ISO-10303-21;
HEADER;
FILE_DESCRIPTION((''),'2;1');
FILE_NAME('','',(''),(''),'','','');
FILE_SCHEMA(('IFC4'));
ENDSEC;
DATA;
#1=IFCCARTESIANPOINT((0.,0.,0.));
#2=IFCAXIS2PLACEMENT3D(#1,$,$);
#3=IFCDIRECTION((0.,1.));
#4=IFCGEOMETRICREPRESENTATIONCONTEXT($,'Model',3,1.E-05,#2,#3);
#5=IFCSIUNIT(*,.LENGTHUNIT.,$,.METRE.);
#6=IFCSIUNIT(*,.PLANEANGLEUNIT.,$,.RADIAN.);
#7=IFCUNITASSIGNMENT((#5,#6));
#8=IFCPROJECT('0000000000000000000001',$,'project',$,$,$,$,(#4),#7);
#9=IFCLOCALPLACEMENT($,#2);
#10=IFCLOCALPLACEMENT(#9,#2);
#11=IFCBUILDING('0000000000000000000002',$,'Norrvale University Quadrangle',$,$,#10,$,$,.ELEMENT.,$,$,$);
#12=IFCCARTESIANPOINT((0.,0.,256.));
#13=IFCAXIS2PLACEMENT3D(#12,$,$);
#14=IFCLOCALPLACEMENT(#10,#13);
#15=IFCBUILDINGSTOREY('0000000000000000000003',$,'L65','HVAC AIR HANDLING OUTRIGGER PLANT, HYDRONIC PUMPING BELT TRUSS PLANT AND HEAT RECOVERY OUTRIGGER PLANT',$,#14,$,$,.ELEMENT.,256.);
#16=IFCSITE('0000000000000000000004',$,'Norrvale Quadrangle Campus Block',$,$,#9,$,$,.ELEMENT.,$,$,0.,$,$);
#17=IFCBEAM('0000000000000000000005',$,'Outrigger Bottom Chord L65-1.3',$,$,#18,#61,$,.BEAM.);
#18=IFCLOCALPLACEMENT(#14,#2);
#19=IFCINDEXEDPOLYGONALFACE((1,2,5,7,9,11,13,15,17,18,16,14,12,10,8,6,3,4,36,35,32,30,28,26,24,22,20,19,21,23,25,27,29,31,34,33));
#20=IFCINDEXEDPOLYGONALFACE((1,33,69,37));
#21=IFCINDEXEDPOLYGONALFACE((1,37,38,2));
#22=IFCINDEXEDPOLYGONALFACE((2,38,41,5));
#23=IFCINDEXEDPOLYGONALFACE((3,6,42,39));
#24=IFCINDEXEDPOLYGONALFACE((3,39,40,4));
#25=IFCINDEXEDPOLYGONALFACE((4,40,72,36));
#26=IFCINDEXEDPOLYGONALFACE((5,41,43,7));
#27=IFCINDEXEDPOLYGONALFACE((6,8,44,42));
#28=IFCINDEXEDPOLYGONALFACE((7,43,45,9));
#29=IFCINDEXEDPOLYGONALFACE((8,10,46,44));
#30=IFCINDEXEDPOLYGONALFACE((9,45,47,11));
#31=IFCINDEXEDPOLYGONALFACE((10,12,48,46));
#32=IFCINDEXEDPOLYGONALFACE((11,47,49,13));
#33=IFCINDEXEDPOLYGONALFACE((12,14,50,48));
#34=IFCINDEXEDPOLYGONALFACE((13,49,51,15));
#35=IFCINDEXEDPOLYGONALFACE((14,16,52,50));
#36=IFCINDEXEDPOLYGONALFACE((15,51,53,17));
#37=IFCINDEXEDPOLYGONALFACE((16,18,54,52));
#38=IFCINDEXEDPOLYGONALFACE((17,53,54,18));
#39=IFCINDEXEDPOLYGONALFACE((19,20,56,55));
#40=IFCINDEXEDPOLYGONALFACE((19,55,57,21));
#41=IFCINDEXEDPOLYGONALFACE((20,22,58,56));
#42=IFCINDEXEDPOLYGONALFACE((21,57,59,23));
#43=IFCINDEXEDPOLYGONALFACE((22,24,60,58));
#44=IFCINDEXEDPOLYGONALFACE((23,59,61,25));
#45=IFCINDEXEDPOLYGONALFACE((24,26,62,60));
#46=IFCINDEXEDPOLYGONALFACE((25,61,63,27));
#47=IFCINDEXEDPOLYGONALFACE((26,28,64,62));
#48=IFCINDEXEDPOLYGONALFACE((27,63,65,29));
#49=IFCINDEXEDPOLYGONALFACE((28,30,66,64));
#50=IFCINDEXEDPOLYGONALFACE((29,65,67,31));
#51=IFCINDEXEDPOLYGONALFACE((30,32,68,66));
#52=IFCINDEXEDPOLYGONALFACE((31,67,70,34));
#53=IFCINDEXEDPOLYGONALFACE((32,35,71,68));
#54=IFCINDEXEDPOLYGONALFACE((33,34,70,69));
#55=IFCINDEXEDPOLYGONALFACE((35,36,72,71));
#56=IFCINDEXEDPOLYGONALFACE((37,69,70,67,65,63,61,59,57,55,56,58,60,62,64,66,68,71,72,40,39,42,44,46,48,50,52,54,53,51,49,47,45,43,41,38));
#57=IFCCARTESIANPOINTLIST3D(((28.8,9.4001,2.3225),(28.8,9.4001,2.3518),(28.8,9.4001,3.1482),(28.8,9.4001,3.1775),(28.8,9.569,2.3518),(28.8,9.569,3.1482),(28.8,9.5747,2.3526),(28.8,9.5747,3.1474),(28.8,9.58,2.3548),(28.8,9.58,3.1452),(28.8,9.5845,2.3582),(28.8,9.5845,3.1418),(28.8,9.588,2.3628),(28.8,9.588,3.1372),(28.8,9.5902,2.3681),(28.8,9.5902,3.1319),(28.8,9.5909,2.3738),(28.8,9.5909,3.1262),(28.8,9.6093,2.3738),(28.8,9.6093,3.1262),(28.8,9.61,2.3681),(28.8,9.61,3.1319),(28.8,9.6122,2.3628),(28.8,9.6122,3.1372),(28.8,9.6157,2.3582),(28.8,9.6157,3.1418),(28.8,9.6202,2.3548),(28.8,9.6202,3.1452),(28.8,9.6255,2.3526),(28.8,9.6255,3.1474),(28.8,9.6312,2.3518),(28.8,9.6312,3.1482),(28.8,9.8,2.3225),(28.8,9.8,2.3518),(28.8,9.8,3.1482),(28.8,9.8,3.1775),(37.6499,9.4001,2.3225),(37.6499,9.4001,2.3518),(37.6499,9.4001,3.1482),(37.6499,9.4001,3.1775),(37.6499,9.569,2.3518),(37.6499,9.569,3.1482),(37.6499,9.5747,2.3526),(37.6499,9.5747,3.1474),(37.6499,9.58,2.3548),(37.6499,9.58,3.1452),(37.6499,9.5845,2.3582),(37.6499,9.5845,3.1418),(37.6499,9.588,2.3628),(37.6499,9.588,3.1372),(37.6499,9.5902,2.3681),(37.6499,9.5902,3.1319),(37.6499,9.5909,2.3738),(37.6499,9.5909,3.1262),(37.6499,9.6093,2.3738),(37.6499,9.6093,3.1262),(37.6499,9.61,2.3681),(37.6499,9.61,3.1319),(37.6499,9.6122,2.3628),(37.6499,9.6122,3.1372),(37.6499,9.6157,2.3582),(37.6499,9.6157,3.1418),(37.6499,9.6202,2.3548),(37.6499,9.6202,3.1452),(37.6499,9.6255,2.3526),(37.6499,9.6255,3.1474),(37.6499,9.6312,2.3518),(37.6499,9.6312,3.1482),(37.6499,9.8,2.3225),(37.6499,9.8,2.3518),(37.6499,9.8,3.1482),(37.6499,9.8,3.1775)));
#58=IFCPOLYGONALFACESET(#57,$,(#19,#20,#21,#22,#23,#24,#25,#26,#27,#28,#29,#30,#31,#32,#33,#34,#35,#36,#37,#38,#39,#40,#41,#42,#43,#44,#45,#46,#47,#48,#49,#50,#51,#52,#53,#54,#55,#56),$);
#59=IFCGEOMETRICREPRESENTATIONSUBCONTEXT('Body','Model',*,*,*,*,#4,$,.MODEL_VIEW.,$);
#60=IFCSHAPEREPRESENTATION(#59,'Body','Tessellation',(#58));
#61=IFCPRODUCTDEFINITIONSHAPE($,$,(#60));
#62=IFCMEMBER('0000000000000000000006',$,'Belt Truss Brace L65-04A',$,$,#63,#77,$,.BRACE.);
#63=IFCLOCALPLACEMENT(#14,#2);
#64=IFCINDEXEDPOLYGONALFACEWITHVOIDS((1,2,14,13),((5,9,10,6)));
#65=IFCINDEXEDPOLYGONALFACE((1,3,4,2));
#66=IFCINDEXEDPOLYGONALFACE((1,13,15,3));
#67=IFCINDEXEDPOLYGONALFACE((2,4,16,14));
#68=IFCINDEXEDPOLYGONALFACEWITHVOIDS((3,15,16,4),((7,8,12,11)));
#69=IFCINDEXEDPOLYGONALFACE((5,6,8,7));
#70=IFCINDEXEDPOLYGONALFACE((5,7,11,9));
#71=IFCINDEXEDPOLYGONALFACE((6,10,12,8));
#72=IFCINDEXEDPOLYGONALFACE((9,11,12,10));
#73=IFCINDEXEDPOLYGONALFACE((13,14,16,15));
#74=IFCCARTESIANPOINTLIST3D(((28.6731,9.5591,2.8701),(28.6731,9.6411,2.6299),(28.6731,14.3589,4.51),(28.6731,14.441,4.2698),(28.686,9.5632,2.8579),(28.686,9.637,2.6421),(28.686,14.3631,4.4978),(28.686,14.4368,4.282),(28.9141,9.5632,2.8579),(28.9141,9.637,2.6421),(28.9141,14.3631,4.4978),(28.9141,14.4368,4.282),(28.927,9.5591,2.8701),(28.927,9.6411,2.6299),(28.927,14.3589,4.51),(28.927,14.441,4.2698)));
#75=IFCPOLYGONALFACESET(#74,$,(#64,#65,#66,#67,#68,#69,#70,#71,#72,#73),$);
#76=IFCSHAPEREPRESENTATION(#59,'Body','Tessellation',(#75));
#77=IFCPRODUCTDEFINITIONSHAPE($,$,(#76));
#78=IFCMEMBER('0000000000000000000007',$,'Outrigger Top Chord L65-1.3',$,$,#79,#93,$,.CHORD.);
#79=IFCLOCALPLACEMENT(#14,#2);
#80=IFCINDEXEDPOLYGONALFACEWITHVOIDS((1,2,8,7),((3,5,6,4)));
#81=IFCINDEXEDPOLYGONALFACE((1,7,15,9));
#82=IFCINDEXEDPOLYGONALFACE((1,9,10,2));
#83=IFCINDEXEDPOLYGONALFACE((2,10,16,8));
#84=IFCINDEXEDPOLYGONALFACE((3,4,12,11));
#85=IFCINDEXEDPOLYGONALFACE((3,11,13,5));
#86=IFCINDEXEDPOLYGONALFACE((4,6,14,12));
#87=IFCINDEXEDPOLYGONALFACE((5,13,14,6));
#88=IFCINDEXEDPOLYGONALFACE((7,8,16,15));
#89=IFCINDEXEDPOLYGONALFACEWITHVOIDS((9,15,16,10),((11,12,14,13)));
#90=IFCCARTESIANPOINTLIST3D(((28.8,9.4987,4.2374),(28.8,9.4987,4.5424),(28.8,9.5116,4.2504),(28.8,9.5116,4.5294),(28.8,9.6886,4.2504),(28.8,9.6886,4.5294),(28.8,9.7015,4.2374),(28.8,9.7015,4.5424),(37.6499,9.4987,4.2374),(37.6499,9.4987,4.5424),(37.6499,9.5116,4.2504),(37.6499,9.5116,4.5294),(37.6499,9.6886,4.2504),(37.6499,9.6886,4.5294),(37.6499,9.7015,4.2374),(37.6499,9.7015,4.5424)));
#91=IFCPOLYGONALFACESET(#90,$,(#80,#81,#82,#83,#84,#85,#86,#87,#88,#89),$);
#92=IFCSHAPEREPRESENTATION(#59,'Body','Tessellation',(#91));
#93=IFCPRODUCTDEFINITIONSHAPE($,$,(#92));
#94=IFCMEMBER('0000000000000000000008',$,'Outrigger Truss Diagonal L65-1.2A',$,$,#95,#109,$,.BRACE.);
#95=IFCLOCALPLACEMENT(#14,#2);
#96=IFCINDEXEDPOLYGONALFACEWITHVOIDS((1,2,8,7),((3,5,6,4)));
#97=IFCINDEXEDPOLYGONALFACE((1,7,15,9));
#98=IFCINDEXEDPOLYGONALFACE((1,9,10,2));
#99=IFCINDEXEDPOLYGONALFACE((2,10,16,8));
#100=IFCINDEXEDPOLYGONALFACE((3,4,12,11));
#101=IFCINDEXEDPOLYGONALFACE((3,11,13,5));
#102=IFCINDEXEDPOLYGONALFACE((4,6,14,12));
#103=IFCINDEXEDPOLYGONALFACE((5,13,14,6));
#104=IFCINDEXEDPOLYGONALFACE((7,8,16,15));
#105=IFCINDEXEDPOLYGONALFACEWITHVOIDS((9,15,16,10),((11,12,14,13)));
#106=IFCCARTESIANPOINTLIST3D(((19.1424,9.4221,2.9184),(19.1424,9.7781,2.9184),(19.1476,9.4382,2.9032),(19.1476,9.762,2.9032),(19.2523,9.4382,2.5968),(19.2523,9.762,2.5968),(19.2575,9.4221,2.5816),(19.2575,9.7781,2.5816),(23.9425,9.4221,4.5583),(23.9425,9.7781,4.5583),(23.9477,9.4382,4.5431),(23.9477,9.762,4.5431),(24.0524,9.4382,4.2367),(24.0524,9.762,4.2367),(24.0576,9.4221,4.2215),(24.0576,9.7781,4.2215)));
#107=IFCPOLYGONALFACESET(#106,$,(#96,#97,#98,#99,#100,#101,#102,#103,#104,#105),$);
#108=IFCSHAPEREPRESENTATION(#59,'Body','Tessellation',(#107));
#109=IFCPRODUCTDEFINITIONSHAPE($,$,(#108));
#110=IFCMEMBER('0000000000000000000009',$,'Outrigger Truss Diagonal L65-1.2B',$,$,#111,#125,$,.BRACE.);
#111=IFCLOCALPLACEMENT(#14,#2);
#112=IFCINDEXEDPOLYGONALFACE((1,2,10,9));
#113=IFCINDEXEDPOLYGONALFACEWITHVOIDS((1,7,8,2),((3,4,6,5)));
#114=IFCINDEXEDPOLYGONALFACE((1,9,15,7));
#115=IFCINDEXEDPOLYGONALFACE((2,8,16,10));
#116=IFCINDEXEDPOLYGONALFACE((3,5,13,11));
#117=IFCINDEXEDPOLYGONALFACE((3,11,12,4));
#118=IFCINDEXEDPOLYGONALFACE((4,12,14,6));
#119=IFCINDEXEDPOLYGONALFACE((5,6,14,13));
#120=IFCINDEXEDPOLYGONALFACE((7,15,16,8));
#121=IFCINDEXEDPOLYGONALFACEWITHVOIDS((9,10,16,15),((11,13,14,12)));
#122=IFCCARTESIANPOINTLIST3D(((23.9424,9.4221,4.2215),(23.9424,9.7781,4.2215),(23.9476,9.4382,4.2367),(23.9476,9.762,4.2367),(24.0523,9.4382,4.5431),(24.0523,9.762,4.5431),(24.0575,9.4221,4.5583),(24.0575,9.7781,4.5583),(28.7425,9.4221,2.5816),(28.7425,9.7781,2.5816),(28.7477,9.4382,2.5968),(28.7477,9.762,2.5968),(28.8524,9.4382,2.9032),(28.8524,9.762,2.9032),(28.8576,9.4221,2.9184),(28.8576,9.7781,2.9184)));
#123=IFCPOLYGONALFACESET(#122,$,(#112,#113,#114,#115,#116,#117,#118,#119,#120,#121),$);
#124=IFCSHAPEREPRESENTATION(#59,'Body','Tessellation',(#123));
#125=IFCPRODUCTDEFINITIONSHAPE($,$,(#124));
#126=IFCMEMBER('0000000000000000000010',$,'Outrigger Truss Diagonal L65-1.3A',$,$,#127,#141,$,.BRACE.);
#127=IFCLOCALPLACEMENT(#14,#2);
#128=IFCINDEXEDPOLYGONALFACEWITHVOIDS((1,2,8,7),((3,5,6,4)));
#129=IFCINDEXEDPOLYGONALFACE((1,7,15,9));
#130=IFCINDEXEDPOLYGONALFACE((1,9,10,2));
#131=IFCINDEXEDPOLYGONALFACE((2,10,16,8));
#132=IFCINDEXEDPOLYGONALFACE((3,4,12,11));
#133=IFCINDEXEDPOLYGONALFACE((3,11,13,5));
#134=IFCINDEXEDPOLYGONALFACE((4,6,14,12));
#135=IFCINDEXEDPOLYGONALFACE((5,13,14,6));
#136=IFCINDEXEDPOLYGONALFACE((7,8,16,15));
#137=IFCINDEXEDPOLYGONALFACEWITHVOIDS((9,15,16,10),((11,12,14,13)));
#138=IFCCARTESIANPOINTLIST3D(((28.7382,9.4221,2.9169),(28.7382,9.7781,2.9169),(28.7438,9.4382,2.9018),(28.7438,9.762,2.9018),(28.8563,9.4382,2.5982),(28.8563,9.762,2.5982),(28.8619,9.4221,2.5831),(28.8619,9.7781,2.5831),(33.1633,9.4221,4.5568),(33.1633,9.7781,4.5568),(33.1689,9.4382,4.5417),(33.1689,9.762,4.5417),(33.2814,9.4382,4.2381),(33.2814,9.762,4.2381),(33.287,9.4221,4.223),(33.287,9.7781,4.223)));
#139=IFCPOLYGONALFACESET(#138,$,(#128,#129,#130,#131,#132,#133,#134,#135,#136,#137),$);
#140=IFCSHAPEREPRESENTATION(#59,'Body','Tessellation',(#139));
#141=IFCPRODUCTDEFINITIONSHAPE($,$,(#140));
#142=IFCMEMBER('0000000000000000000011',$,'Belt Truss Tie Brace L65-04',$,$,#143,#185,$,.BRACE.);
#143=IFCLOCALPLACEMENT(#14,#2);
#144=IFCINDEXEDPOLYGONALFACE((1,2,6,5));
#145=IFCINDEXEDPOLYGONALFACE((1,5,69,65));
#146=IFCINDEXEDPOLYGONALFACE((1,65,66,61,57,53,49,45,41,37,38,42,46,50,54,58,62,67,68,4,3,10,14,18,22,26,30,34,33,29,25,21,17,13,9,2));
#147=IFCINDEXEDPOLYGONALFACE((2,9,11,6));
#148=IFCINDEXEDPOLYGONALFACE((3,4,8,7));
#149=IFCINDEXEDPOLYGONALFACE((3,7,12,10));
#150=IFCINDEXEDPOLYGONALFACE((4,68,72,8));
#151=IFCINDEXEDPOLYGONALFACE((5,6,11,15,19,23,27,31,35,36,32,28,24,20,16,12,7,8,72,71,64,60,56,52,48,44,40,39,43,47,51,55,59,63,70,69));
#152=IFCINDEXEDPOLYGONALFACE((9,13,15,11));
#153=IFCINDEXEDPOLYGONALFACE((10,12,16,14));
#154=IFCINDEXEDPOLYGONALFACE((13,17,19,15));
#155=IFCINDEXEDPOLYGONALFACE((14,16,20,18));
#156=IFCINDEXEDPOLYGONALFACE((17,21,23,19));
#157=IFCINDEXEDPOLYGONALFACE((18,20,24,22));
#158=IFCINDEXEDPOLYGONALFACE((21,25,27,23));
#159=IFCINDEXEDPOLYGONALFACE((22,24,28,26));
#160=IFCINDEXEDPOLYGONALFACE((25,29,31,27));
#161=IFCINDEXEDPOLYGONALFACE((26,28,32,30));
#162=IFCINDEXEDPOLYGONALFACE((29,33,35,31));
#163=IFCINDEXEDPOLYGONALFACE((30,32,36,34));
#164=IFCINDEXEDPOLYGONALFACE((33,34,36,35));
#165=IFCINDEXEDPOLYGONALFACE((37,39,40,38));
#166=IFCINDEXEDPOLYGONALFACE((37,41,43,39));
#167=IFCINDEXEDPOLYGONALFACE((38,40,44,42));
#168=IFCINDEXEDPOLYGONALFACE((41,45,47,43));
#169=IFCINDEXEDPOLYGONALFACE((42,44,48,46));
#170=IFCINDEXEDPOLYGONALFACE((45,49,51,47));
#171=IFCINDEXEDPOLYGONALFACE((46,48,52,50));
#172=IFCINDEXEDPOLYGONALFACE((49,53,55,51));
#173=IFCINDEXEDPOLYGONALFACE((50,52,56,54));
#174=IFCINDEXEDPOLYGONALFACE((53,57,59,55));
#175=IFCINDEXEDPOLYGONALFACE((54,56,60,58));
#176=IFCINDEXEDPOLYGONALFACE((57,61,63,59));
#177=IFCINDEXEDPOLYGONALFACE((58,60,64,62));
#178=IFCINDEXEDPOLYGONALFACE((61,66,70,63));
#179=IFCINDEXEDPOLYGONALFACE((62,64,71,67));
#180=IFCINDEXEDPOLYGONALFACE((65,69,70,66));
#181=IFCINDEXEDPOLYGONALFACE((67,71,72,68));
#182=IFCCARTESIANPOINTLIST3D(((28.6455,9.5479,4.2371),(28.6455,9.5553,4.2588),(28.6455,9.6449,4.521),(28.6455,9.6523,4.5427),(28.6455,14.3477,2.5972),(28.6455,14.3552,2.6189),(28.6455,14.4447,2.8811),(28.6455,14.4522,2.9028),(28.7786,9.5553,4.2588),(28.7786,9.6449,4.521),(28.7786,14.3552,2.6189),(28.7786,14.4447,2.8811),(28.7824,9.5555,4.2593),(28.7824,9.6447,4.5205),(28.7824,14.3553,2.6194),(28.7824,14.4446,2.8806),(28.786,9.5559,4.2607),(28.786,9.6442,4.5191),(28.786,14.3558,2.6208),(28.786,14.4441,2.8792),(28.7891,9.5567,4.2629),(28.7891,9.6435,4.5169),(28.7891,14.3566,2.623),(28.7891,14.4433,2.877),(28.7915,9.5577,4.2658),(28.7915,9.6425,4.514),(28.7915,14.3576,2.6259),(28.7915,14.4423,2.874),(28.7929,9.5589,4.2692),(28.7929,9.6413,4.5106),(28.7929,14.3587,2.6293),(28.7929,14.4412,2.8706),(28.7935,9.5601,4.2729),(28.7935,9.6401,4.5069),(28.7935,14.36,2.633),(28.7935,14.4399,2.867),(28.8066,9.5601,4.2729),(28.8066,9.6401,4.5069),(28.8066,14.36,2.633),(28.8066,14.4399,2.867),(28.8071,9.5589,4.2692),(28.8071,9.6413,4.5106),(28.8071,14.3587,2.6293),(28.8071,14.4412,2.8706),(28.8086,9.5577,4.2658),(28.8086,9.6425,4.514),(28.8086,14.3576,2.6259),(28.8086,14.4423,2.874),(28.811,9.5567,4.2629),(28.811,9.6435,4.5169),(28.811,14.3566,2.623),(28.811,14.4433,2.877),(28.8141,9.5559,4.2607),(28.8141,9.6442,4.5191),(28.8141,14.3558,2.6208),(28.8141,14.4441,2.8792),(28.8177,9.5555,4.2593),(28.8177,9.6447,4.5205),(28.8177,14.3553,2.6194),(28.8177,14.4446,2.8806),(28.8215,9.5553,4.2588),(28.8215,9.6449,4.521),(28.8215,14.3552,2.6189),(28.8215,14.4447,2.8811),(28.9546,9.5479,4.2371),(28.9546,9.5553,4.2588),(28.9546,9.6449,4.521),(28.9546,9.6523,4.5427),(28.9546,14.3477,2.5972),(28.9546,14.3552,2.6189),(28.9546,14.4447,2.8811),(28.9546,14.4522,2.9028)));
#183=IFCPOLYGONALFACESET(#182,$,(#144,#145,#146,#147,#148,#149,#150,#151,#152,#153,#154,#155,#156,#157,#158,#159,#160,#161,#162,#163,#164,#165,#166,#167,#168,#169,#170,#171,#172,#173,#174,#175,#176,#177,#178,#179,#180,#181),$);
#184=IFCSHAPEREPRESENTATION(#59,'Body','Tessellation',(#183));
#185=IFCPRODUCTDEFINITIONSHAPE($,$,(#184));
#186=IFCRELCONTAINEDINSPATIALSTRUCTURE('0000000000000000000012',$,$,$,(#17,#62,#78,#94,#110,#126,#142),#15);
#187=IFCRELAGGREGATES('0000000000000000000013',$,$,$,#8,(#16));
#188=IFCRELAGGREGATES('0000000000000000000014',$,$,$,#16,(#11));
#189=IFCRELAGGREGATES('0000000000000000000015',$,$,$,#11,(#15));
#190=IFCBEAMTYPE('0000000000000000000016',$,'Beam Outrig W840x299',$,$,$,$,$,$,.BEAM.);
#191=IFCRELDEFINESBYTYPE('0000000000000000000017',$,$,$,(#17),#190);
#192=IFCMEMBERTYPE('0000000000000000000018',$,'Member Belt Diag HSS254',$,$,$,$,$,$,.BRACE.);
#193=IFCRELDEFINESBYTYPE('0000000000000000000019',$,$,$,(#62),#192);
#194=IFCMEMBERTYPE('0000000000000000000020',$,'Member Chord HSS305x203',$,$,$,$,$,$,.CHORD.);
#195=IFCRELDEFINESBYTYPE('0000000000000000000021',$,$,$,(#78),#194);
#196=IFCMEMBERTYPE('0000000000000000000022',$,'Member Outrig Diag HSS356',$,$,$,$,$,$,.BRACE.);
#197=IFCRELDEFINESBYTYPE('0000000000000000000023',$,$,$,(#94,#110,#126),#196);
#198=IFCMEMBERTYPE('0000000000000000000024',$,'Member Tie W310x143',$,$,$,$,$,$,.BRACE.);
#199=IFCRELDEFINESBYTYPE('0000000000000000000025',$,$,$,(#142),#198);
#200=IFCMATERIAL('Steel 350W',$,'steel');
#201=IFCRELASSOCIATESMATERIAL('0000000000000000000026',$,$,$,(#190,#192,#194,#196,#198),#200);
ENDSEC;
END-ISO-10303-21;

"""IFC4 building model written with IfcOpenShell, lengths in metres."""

from ifc_helpers import new_model, si_unit, direction, frame, origin, origin_2d, place, context, subcontext, project, spatial, hollow_rectangle, i_section, extrude, material, material_profile, profile_set, type_object, element, save


model = new_model("IFC4")

# Units and contexts
model_context = context("Model", 3, precision=1e-05, world=origin(), true_north=direction((0.0, 1.0)))
body_context = subcontext(model_context, "Body", "Model", "MODEL_VIEW")
ifc_project = project(units=[si_unit("LENGTHUNIT", "METRE"), si_unit("PLANEANGLEUNIT", "RADIAN")], contexts=[model_context])

# Site, building, storey
site_placement = place(None, origin())
site = spatial("IfcSite", under=ifc_project, at=site_placement, Name="Norrvale Quadrangle Campus Block", CompositionType="ELEMENT", RefElevation=0.0)
building_placement = place(site_placement, origin())
building = spatial("IfcBuilding", under=site, at=building_placement, Name="Norrvale University Quadrangle", CompositionType="ELEMENT")
storey_placement = place(building_placement, frame((0.0, 0.0, 256.0)))
storey = spatial("IfcBuildingStorey", under=building, at=storey_placement, Name="L65", Description="HVAC AIR HANDLING OUTRIGGER PLANT, HYDRONIC PUMPING BELT TRUSS PLANT AND HEAT RECOVERY OUTRIGGER PLANT", CompositionType="ELEMENT", Elevation=256.0)

# Beam
ifc_material_1 = material(Name="Steel 350W", Category="steel")
ifc_material_profile_1 = material_profile(ifc_material_1, i_section(OverallWidth=0.3999, OverallDepth=0.855, WebThickness=0.0183, FlangeThickness=0.0293, FilletRadius=0.022, at=origin_2d()), Name="Steel 350W")
ifc_profile_set_1 = profile_set([ifc_material_profile_1], Name="Steel 350W")
beam_type_1 = type_object("IfcBeamType", Name="Beam Outrig W840x299", PredefinedType="BEAM", material=ifc_profile_set_1)
beam_1_placement = place(storey_placement, frame((28.8, 9.6001, 2.75), z_axis=(1.0, 0.0, 0.0), x_axis=(0.0, 1.0, 0.0)))
element("IfcBeam", 1, at=beam_1_placement, inside=storey, type_object=beam_type_1, Name="Outrigger Bottom Chord L65-1.3", PredefinedType="BEAM", context=body_context, shape_type="SweptSolid", body=[
    extrude(i_section(OverallWidth=0.3999, OverallDepth=0.855, WebThickness=0.0183, FlangeThickness=0.0293, FilletRadius=0.022, at=origin_2d()), origin(), (0.0, 0.0, 1.0), 8.8499),
])

# Members
ifc_material_profile_2 = material_profile(ifc_material_1, hollow_rectangle(XDim=0.2539, YDim=0.2539, WallThickness=0.0129, at=origin_2d()), Name="Steel 350W")
ifc_profile_set_2 = profile_set([ifc_material_profile_2], Name="Steel 350W")
member_type_1 = type_object("IfcMemberType", Name="Member Belt Diag HSS254", PredefinedType="BRACE", material=ifc_profile_set_2)
member_1_placement = place(storey_placement, frame((28.8, 9.6001, 2.75), z_axis=(0.0, 0.946293, 0.323309), x_axis=(-1.0, 0.0, 0.0)))
element("IfcMember", 2, at=member_1_placement, inside=storey, type_object=member_type_1, Name="Belt Truss Brace L65-04A", PredefinedType="BRACE", context=body_context, shape_type="SweptSolid", body=[
    extrude(hollow_rectangle(XDim=0.2539, YDim=0.2539, WallThickness=0.0129, at=origin_2d()), origin(), (0.0, 0.0, 1.0), 5.0723),
])
ifc_material_profile_3 = material_profile(ifc_material_1, hollow_rectangle(XDim=0.2029, YDim=0.3049, WallThickness=0.0129, at=origin_2d()), Name="Steel 350W")
ifc_profile_set_3 = profile_set([ifc_material_profile_3], Name="Steel 350W")
member_type_2 = type_object("IfcMemberType", Name="Member Chord HSS305x203", PredefinedType="CHORD", material=ifc_profile_set_3)
member_2_placement = place(storey_placement, frame((28.8, 9.6001, 4.3899), z_axis=(1.0, 0.0, 0.0), x_axis=(0.0, 1.0, 0.0)))
element("IfcMember", 3, at=member_2_placement, inside=storey, type_object=member_type_2, Name="Outrigger Top Chord L65-1.3", PredefinedType="CHORD", context=body_context, shape_type="SweptSolid", body=[
    extrude(hollow_rectangle(XDim=0.2029, YDim=0.3049, WallThickness=0.0129, at=origin_2d()), origin(), (0.0, 0.0, 1.0), 8.8499),
])
ifc_material_profile_4 = material_profile(ifc_material_1, hollow_rectangle(XDim=0.356, YDim=0.356, WallThickness=0.0161, at=origin_2d()), Name="Steel 350W")
ifc_profile_set_4 = profile_set([ifc_material_profile_4], Name="Steel 350W")
member_type_3 = type_object("IfcMemberType", Name="Member Outrig Diag HSS356", PredefinedType="BRACE", material=ifc_profile_set_4)
for number, where, z_axis, x_axis, name in (
    (4, (19.2, 9.6001, 2.75), (0.946299, 0.0, 0.323294), (0.0, 1.0, 0.0), "Outrigger Truss Diagonal L65-1.2A"),
    (5, (28.8, 9.6001, 2.75), (-0.946299, 0.0, 0.323294), (0.0, -1.0, 0.0), "Outrigger Truss Diagonal L65-1.2B"),
):
    element("IfcMember", number, at=place(storey_placement, frame(where, z_axis=z_axis, x_axis=x_axis)), inside=storey, type_object=member_type_3, Name=name, PredefinedType="BRACE", context=body_context, shape_type="SweptSolid", body=[
        extrude(hollow_rectangle(XDim=0.356, YDim=0.356, WallThickness=0.0161, at=origin_2d()), origin(), (0.0, 0.0, 1.0), 5.0725),
    ])
member_3_placement = place(storey_placement, frame((28.8, 9.6001, 2.75), z_axis=(0.937681, 0.0, 0.347498), x_axis=(0.0, 1.0, 0.0)))
element("IfcMember", 6, at=member_3_placement, inside=storey, type_object=member_type_3, Name="Outrigger Truss Diagonal L65-1.3A", PredefinedType="BRACE", context=body_context, shape_type="SweptSolid", body=[
    extrude(hollow_rectangle(XDim=0.356, YDim=0.356, WallThickness=0.0161, at=origin_2d()), origin(), (0.0, 0.0, 1.0), 4.7192),
])
ifc_material_profile_5 = material_profile(ifc_material_1, i_section(OverallWidth=0.3091, OverallDepth=0.323, WebThickness=0.0132, FlangeThickness=0.0229, FilletRadius=0.0149, at=origin_2d()), Name="Steel 350W")
ifc_profile_set_5 = profile_set([ifc_material_profile_5], Name="Steel 350W")
member_type_4 = type_object("IfcMemberType", Name="Member Tie W310x143", PredefinedType="BRACE", material=ifc_profile_set_5)
member_4_placement = place(storey_placement, frame((28.8, 9.6001, 4.3899), z_axis=(0.0, 0.946293, -0.323309), x_axis=(-1.0, 0.0, 0.0)))
element("IfcMember", 7, at=member_4_placement, inside=storey, type_object=member_type_4, Name="Belt Truss Tie Brace L65-04", PredefinedType="BRACE", context=body_context, shape_type="SweptSolid", body=[
    extrude(i_section(OverallWidth=0.3091, OverallDepth=0.323, WebThickness=0.0132, FlangeThickness=0.0229, FilletRadius=0.0149, at=origin_2d()), origin(), (0.0, 0.0, 1.0), 5.0723),
])

save(model, "model.ifc")
